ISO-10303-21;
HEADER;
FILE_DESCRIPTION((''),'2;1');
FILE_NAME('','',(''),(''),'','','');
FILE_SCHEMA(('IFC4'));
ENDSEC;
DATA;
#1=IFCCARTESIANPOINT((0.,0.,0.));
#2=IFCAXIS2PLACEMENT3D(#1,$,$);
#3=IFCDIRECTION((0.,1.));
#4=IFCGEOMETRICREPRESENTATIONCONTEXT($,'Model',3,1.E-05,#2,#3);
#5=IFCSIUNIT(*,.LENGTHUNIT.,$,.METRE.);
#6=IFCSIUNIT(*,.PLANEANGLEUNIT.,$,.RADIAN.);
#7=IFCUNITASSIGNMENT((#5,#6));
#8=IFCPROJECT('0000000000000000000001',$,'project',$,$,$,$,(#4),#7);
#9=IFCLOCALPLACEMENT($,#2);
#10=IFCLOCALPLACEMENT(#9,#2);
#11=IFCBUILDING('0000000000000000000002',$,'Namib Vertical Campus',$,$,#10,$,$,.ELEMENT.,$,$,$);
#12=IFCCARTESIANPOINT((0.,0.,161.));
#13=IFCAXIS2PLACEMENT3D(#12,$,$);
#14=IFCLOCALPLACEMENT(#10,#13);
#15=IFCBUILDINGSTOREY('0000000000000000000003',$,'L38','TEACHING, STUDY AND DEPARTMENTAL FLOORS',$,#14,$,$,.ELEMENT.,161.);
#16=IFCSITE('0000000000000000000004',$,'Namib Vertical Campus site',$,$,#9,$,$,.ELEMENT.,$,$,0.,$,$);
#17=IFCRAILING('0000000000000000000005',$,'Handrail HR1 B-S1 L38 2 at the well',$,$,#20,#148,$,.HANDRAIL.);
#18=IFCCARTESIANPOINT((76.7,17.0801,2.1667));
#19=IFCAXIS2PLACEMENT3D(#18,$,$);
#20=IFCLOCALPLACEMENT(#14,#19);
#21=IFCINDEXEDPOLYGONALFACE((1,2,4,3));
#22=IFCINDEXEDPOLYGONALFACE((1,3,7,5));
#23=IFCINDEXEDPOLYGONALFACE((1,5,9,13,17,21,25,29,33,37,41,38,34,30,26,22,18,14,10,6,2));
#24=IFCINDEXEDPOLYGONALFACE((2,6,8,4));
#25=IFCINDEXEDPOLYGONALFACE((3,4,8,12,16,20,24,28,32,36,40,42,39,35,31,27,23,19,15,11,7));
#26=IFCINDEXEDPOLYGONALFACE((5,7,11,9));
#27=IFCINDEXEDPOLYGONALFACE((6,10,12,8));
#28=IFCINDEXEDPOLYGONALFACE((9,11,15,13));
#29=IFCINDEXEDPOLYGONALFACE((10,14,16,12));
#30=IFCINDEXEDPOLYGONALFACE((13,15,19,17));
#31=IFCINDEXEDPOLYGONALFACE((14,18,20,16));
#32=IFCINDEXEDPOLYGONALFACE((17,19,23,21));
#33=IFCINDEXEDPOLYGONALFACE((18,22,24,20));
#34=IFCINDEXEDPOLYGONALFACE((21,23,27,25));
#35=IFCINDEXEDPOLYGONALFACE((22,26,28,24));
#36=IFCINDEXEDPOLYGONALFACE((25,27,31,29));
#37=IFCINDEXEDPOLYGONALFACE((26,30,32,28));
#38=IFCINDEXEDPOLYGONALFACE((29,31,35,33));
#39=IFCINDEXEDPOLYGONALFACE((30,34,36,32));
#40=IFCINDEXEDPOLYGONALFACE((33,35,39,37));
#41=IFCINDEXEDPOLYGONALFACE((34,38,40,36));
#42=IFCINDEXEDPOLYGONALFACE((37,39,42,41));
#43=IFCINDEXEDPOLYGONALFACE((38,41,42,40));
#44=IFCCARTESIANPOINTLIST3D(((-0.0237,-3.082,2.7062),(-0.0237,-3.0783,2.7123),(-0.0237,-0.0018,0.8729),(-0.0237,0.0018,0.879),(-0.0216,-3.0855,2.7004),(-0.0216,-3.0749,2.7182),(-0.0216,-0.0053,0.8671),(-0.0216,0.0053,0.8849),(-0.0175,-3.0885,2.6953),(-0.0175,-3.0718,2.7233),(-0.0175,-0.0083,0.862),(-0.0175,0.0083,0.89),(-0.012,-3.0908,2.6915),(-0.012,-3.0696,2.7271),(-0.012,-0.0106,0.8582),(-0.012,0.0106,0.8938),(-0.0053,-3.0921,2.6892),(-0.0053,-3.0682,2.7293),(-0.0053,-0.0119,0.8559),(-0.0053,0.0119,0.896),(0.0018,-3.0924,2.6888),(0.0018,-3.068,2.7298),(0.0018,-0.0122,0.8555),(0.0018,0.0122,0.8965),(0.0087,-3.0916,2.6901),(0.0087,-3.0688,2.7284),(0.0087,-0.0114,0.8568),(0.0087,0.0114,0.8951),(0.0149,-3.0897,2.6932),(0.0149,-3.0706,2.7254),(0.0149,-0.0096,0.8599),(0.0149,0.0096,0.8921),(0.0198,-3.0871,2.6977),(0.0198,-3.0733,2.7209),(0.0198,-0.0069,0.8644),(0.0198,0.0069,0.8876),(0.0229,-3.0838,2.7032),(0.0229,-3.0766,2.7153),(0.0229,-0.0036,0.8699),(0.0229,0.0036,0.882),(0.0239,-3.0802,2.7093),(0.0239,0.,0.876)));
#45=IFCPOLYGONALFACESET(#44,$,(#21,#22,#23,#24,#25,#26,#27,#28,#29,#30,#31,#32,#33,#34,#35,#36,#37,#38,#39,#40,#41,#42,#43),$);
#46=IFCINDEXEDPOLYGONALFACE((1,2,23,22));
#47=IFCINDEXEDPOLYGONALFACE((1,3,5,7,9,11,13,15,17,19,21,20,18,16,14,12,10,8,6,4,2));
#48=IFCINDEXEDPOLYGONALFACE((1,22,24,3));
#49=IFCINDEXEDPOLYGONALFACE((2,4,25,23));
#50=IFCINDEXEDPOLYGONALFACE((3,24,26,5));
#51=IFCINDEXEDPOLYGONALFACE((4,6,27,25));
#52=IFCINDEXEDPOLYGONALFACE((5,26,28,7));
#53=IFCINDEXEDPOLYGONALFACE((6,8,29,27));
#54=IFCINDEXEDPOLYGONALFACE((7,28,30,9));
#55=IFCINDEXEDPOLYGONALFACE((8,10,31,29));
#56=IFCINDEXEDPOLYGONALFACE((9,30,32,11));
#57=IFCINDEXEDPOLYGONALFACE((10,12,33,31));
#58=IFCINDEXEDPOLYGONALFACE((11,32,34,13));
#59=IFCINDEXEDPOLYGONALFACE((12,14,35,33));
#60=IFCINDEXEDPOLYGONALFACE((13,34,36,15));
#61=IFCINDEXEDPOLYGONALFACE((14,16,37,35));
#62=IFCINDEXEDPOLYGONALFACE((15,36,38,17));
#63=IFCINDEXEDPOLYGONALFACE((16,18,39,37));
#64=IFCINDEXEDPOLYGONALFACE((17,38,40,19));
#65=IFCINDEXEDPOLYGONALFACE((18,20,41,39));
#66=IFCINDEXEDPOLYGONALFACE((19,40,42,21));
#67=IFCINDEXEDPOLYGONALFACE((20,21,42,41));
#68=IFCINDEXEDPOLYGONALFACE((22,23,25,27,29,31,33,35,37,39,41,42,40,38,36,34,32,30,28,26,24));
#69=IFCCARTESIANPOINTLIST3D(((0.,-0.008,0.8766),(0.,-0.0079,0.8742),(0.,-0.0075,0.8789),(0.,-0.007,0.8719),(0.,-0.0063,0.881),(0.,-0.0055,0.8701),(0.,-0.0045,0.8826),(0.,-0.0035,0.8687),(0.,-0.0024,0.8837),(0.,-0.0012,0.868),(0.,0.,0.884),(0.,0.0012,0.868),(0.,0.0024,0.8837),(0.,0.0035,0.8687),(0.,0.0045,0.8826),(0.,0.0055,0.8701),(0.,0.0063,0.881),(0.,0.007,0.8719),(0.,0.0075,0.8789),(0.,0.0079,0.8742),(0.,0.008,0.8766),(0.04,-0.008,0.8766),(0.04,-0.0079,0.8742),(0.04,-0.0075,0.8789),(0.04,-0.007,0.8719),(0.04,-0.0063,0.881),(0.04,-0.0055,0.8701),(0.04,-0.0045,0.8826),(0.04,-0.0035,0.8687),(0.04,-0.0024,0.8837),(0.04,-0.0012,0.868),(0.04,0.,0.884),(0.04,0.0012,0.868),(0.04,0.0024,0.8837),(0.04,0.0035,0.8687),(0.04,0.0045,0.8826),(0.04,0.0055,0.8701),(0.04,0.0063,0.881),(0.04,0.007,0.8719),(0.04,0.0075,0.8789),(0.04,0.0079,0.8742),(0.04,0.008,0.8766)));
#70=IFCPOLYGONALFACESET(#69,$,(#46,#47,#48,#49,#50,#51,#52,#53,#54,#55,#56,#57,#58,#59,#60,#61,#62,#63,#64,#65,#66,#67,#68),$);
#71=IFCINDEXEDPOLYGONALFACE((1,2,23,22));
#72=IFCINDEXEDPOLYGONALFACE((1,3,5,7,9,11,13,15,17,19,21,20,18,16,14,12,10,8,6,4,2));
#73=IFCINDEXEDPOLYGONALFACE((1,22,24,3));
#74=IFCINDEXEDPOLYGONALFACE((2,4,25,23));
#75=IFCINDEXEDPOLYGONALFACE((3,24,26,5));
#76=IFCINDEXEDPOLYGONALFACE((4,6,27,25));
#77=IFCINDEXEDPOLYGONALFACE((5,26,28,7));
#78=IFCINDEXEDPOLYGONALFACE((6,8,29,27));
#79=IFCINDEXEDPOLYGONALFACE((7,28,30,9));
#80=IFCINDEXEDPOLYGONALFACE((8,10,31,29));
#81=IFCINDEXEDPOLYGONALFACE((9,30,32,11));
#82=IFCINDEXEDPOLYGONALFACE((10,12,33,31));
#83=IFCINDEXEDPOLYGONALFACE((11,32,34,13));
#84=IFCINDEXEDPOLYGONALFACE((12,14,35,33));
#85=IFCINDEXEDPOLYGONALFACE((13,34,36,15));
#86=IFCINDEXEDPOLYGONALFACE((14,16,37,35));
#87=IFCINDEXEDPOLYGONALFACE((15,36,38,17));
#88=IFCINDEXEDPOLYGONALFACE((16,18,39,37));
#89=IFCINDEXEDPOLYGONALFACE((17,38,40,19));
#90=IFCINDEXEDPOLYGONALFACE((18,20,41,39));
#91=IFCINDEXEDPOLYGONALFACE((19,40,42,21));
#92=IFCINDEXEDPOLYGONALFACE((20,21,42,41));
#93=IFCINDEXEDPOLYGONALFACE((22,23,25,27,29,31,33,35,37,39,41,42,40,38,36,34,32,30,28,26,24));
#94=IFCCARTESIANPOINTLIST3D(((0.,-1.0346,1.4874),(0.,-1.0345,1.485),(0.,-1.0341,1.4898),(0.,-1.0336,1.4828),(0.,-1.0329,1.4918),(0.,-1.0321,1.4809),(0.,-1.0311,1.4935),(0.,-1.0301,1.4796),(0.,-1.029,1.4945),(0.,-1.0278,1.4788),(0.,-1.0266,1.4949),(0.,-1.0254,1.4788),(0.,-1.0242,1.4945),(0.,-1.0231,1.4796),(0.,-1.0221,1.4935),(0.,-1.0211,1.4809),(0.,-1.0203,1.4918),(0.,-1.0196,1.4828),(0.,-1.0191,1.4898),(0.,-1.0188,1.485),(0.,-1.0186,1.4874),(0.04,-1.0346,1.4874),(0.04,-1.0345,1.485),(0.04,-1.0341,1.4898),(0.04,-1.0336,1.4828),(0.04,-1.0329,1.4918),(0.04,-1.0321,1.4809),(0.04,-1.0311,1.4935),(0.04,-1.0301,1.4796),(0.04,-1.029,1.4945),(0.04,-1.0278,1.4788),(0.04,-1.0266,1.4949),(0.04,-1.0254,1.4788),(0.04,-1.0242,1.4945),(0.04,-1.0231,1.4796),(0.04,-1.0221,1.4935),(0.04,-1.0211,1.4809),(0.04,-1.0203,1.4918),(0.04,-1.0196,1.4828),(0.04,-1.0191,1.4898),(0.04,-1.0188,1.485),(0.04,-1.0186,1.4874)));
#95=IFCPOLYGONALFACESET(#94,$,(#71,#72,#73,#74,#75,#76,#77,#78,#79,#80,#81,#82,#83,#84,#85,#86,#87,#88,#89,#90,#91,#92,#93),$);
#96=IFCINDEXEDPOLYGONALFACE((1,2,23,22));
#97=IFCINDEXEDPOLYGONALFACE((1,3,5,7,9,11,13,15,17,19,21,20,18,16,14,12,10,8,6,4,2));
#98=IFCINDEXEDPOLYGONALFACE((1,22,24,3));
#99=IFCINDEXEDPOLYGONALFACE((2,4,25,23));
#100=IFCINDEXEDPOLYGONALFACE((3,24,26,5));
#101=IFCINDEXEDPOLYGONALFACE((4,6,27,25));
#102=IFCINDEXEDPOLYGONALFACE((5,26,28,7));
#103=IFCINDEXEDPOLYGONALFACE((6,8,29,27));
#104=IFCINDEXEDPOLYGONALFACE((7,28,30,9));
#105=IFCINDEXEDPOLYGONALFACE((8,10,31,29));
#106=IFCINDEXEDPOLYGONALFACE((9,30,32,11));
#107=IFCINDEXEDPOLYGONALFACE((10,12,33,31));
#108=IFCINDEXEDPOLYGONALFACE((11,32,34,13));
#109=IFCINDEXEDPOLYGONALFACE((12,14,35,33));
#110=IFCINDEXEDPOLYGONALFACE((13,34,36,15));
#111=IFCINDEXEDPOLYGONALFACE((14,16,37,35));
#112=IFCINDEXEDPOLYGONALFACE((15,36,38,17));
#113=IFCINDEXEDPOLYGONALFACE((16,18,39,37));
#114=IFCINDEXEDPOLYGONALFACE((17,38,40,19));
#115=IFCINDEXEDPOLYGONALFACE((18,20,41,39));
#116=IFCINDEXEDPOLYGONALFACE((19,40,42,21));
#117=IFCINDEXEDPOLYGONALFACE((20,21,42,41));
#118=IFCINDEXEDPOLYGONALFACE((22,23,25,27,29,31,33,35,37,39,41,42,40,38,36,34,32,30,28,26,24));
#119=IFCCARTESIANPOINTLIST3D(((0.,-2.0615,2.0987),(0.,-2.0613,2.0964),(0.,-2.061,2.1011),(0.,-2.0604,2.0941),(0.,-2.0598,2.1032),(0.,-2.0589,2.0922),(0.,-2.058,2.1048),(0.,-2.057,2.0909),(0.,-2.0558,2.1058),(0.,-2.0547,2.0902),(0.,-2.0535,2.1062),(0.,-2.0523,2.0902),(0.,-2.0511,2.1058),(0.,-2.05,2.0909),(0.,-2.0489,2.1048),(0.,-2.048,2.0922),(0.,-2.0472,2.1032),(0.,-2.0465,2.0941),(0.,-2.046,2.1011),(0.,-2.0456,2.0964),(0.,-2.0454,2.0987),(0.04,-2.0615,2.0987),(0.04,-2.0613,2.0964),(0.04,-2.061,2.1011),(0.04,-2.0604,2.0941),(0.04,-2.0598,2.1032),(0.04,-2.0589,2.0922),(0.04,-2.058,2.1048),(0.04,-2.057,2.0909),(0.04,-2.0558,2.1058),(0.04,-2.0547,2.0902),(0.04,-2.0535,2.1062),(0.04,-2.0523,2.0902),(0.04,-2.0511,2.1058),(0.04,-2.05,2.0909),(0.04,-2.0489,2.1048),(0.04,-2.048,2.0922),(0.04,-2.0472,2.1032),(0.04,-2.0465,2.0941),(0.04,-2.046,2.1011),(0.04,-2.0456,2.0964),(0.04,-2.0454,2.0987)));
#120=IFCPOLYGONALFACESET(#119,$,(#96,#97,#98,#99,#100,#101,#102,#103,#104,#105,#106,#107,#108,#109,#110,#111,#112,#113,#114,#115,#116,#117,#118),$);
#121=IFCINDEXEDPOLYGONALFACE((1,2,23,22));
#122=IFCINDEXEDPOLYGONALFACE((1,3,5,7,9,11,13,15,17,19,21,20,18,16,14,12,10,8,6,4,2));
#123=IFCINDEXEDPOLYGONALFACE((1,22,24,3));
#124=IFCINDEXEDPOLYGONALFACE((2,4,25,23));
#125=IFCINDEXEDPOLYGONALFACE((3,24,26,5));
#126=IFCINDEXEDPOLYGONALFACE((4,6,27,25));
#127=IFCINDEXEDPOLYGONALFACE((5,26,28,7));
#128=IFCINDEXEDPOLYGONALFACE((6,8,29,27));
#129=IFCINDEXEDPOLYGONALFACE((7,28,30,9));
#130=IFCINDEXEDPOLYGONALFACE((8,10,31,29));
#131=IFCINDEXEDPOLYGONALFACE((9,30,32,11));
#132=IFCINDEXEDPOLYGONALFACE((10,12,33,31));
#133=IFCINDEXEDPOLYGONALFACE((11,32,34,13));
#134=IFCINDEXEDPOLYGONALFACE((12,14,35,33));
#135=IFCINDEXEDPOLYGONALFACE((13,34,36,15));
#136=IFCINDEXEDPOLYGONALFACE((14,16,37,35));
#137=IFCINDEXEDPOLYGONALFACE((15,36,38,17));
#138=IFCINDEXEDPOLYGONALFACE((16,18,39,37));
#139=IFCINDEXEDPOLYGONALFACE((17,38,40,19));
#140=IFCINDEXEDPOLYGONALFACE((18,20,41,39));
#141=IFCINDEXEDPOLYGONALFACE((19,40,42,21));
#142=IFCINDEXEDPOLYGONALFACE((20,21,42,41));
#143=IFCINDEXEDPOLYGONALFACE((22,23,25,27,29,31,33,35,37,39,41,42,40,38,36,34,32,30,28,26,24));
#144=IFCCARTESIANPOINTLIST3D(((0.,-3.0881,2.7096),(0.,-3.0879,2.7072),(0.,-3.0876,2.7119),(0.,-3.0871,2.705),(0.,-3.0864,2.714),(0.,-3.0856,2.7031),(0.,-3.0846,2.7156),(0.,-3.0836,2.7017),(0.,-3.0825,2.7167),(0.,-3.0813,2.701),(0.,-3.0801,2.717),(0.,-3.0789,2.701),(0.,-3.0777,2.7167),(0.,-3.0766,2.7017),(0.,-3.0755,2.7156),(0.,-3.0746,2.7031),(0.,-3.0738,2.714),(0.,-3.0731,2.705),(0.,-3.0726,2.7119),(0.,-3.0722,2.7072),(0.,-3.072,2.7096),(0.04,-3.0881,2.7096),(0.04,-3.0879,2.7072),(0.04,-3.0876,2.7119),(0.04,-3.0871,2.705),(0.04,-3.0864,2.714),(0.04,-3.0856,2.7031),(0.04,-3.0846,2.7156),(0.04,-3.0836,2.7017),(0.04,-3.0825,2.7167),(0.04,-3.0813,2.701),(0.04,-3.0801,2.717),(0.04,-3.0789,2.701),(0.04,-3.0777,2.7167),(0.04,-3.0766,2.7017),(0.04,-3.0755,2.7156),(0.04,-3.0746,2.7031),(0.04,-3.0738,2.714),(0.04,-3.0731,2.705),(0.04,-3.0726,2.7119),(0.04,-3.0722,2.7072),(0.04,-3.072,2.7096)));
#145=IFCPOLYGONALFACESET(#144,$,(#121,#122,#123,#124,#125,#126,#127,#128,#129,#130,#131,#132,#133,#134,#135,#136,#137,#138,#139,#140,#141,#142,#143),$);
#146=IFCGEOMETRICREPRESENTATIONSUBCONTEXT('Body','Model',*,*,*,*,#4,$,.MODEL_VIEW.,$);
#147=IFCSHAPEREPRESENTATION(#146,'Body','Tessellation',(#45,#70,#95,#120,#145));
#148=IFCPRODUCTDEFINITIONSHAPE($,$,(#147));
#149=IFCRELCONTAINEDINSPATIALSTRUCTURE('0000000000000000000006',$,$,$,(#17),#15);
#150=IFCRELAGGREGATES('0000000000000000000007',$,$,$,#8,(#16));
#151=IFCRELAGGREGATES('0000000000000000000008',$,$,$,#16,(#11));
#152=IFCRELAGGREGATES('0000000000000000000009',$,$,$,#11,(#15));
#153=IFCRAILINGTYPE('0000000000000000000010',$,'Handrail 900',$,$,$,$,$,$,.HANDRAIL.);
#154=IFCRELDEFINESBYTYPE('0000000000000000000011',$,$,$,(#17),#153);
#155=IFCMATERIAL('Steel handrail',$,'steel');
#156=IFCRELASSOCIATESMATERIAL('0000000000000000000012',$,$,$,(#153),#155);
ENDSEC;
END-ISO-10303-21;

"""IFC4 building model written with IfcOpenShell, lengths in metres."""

from ifc_helpers import new_model, si_unit, direction, frame, origin, origin_2d, place, context, subcontext, project, spatial, circle, extrude, material, type_object, element, save


model = new_model("IFC4")

# Units and contexts
model_context = context("Model", 3, precision=1e-05, world=origin(), true_north=direction((0.0, 1.0)))
body_context = subcontext(model_context, "Body", "Model", "MODEL_VIEW")
ifc_project = project(units=[si_unit("LENGTHUNIT", "METRE"), si_unit("PLANEANGLEUNIT", "RADIAN")], contexts=[model_context])

# Site, building, storey
site_placement = place(None, origin())
site = spatial("IfcSite", under=ifc_project, at=site_placement, Name="Namib Vertical Campus site", CompositionType="ELEMENT", RefElevation=0.0)
building_placement = place(site_placement, origin())
building = spatial("IfcBuilding", under=site, at=building_placement, Name="Namib Vertical Campus", CompositionType="ELEMENT")
storey_placement = place(building_placement, frame((0.0, 0.0, 161.0)))
storey = spatial("IfcBuildingStorey", under=building, at=storey_placement, Name="L38", Description="TEACHING, STUDY AND DEPARTMENTAL FLOORS", CompositionType="ELEMENT", Elevation=161.0)

# Railing
ifc_material_1 = material(Name="Steel handrail", Category="steel")
railing_type_1 = type_object("IfcRailingType", Name="Handrail 900", PredefinedType="HANDRAIL", material=ifc_material_1)
railing_1_placement = place(storey_placement, frame((76.7, 17.0801, 2.1667)))
element("IfcRailing", 1, at=railing_1_placement, inside=storey, type_object=railing_type_1, Name="Handrail HR1 B-S1 L38 2 at the well", PredefinedType="HANDRAIL", context=body_context, shape_type="SweptSolid", body=[
    extrude(circle(Radius=0.0239, at=origin_2d()), frame((0.0, 0.0, 0.876), z_axis=(0.0, -0.859309, 0.511458), x_axis=(1.0, 0.0, 0.0)), (0.0, 0.0, 1.0), 3.5845),
    extrude(circle(Radius=0.0081, at=origin_2d()), frame((0.0, 0.0, 0.876), z_axis=(1.0, 0.0, 0.0), x_axis=(0.0, 0.0, 1.0)), (0.0, 0.0, 1.0), 0.04),
    extrude(circle(Radius=0.0081, at=origin_2d()), frame((0.0, -1.0266, 1.4868), z_axis=(1.0, 0.0, 0.0), x_axis=(0.0, 0.0, 1.0)), (0.0, 0.0, 1.0), 0.04),
    extrude(circle(Radius=0.0081, at=origin_2d()), frame((0.0, -2.0535, 2.0981), z_axis=(1.0, 0.0, 0.0), x_axis=(0.0, 0.0, 1.0)), (0.0, 0.0, 1.0), 0.04),
    extrude(circle(Radius=0.0081, at=origin_2d()), frame((0.0, -3.0801, 2.709), z_axis=(1.0, 0.0, 0.0), x_axis=(0.0, 0.0, 1.0)), (0.0, 0.0, 1.0), 0.04),
])

save(model, "model.ifc")
